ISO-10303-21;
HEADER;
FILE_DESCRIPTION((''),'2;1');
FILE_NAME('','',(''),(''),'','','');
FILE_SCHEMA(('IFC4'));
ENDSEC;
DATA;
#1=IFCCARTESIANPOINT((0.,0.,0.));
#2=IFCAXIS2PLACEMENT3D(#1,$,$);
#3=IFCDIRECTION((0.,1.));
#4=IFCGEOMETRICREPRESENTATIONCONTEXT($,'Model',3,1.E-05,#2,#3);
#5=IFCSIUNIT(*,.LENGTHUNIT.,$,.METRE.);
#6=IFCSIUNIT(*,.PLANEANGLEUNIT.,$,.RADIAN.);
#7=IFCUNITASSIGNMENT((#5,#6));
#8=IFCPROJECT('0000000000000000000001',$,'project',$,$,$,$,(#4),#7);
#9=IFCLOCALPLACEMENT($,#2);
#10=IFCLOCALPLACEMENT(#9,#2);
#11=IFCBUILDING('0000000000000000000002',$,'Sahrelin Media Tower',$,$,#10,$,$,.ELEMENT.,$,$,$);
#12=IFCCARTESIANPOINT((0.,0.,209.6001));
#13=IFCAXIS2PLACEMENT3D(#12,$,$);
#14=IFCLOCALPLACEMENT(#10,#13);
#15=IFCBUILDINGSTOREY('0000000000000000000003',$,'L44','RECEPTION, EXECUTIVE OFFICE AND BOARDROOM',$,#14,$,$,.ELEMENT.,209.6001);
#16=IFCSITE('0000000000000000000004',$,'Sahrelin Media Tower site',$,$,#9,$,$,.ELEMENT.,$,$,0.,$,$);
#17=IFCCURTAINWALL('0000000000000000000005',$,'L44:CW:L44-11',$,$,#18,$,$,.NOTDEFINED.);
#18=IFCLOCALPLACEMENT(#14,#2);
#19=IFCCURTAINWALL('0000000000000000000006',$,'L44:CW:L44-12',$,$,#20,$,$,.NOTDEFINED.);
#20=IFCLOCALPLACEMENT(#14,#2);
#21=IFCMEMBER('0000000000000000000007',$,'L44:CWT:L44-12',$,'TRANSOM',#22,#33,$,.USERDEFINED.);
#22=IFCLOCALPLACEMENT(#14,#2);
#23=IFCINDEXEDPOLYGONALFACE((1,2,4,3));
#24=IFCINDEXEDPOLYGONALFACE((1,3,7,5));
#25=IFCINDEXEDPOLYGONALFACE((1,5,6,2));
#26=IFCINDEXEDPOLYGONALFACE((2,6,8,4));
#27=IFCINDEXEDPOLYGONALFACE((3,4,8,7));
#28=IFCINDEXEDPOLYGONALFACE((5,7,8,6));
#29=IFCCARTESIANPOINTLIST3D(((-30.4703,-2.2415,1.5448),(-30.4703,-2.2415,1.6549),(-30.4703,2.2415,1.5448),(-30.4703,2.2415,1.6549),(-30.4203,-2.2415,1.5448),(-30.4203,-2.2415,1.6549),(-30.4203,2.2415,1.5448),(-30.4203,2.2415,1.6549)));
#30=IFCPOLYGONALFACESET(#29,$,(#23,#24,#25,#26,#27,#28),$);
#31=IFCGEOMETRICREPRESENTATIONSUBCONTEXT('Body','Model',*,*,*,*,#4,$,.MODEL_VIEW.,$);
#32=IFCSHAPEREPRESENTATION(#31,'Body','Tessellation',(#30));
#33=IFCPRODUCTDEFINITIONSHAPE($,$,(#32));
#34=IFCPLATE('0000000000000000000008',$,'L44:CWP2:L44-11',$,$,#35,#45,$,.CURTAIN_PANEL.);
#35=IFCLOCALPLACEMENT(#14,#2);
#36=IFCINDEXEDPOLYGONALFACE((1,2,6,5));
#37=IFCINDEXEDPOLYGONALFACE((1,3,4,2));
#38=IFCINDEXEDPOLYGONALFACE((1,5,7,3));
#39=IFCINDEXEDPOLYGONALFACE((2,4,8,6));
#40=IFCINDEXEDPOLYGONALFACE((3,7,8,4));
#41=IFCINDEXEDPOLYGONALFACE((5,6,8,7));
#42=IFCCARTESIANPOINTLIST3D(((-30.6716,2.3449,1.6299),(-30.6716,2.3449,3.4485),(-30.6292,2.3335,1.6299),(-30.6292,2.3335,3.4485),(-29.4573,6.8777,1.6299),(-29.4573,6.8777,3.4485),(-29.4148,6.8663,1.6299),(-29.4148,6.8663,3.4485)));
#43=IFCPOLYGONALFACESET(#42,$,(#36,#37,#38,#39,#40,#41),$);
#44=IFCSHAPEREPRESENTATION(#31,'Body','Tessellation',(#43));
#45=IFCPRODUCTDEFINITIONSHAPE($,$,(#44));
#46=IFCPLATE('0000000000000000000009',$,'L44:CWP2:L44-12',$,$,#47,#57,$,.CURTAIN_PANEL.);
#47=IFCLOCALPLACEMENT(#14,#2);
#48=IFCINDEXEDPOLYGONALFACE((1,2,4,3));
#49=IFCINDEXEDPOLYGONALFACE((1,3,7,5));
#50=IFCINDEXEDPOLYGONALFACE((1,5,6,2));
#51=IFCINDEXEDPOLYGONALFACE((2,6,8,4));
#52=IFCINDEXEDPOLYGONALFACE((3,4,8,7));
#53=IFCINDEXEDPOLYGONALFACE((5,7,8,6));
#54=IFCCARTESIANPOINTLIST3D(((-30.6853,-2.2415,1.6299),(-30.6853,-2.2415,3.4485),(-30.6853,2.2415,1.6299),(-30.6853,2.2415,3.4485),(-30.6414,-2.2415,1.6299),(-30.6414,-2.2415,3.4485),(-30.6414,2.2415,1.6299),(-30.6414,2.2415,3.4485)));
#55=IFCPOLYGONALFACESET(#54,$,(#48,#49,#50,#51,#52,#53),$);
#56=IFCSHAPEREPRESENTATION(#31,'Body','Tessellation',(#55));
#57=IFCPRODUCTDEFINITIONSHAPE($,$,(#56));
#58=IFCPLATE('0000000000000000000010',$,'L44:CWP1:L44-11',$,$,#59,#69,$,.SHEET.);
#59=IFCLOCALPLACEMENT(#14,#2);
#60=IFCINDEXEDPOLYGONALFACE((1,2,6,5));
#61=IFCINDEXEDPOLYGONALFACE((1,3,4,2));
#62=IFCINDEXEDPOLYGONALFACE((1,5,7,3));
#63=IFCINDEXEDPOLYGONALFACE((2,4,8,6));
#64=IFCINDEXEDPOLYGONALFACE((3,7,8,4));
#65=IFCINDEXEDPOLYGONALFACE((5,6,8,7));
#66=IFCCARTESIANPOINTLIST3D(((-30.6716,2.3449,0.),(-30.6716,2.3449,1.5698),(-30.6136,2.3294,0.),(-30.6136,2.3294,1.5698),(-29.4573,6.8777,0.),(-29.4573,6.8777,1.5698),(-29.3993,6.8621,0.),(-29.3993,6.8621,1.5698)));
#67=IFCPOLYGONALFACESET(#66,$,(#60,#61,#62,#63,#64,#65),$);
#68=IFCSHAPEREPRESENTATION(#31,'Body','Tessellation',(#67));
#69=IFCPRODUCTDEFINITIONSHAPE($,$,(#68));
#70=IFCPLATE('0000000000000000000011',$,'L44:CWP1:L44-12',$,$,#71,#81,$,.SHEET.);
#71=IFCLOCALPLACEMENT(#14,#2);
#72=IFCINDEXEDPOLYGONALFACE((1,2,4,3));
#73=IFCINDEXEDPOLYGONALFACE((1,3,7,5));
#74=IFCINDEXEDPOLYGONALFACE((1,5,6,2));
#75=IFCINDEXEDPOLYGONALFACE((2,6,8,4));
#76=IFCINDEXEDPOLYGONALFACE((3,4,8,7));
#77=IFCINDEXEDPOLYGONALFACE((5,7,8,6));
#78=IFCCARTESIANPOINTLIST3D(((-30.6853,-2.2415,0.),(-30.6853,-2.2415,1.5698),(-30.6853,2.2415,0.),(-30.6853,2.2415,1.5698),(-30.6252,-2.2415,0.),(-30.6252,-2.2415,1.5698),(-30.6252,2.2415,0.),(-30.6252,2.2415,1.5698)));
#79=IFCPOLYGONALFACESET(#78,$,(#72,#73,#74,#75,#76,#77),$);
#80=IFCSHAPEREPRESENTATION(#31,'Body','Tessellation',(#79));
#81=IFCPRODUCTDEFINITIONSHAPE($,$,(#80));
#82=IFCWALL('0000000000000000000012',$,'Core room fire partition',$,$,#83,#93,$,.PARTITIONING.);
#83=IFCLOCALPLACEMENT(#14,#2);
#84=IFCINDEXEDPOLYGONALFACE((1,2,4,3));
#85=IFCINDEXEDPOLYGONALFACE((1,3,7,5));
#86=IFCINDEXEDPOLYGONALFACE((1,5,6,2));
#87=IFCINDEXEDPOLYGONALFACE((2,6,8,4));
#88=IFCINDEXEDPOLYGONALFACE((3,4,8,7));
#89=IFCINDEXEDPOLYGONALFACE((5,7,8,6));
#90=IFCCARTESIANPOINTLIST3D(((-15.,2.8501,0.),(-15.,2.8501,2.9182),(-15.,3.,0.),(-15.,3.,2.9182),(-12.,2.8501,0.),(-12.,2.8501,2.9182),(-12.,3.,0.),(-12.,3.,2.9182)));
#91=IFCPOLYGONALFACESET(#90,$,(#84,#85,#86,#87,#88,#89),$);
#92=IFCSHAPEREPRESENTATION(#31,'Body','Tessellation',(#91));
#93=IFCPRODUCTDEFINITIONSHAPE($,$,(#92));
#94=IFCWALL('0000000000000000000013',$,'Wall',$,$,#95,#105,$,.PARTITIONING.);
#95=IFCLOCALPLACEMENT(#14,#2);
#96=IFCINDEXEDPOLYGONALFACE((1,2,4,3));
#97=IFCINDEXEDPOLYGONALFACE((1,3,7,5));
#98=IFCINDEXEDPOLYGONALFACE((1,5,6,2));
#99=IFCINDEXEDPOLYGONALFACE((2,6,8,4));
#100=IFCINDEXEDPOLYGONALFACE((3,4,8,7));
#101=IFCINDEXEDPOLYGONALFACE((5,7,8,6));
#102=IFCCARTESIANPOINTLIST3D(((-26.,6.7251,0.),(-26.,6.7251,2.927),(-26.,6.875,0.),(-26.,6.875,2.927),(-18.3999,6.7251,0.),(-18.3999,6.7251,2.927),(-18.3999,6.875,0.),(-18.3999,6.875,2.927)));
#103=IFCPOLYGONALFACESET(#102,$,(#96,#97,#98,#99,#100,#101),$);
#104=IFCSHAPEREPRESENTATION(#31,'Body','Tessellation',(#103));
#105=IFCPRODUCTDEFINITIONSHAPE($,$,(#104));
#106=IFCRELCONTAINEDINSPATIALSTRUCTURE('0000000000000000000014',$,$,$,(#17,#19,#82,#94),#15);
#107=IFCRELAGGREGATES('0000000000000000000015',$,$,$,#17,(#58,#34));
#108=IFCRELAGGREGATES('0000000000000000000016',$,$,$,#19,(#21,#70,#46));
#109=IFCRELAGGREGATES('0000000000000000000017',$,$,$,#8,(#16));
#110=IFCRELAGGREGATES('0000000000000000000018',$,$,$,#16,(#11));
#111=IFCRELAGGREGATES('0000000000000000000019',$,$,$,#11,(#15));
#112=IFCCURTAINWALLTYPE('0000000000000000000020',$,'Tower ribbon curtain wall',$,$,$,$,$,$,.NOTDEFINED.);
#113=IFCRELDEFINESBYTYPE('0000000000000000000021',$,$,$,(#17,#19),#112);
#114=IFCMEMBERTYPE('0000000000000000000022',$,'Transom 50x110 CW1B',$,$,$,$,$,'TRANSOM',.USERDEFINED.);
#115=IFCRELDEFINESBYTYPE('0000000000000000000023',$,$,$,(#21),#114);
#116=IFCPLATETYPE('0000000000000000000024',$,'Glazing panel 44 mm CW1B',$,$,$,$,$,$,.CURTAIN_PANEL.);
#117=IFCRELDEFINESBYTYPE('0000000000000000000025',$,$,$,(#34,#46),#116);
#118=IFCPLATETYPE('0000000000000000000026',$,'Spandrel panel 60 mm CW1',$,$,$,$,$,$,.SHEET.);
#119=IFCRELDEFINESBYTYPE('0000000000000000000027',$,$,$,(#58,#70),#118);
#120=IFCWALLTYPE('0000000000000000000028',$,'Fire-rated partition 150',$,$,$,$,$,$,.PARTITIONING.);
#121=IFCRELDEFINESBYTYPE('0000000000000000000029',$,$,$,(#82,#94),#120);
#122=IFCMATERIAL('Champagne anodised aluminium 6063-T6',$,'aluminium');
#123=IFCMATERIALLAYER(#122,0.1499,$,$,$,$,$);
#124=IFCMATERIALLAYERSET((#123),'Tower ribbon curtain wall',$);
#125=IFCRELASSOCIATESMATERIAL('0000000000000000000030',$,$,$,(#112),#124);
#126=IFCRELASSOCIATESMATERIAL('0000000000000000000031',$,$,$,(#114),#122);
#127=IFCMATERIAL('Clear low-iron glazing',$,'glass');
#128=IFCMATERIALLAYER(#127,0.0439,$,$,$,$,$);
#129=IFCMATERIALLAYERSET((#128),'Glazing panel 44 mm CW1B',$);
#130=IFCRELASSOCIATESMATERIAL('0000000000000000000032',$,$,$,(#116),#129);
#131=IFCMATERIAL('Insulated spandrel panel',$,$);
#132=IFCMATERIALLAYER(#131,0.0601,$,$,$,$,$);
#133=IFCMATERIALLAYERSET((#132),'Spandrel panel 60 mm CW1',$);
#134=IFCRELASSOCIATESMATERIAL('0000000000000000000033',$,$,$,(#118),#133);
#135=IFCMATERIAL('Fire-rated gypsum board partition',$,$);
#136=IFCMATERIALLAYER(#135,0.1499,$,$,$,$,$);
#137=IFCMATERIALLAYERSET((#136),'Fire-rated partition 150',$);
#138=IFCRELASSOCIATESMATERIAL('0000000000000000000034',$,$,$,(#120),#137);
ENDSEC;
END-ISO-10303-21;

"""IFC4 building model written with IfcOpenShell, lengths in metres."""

from ifc_helpers import new_model, si_unit, direction, frame, frame_2d, origin, origin_2d, place, context, subcontext, project, spatial, polyline, rectangle, outline, extrude, material, layer, layer_set, material_profile, profile_set, type_object, element, aggregate, save


model = new_model("IFC4")

# Units and contexts
model_context = context("Model", 3, precision=1e-05, world=origin(), true_north=direction((0.0, 1.0)))
body_context = subcontext(model_context, "Body", "Model", "MODEL_VIEW")
ifc_project = project(units=[si_unit("LENGTHUNIT", "METRE"), si_unit("PLANEANGLEUNIT", "RADIAN")], contexts=[model_context])

# Site, building, storey
site_placement = place(None, origin())
site = spatial("IfcSite", under=ifc_project, at=site_placement, Name="Sahrelin Media Tower site", CompositionType="ELEMENT", RefElevation=0.0)
building_placement = place(site_placement, origin())
building = spatial("IfcBuilding", under=site, at=building_placement, Name="Sahrelin Media Tower", CompositionType="ELEMENT")
storey_placement = place(building_placement, frame((0.0, 0.0, 209.6001)))
storey = spatial("IfcBuildingStorey", under=building, at=storey_placement, Name="L44", Description="RECEPTION, EXECUTIVE OFFICE AND BOARDROOM", CompositionType="ELEMENT", Elevation=209.6001)

# Curtain wall
ifc_material_1 = material(Name="Champagne anodised aluminium 6063-T6", Category="aluminium")
ifc_layer_1 = layer(ifc_material_1, 0.1499)
ifc_layer_set_1 = layer_set([ifc_layer_1], Name="Tower ribbon curtain wall")
curtain_wall_type = type_object("IfcCurtainWallType", Name="Tower ribbon curtain wall", PredefinedType="NOTDEFINED", material=ifc_layer_set_1)
curtain_wall_1_placement = place(storey_placement, frame((-30.0452, 4.6062, 0.0), z_axis=(0.0, 0.0, 1.0), x_axis=(1.0, 0.0, 0.0)))
curtain_wall_1 = element("IfcCurtainWall", 1, at=curtain_wall_1_placement, inside=storey, type_object=curtain_wall_type, Name="L44:CW:L44-11", PredefinedType="NOTDEFINED")

# Shared definitions
ifc_material_profile_1 = material_profile(ifc_material_1, rectangle(XDim=0.05, YDim=0.1101, at=origin_2d()), Name="Transom 50x110")
ifc_profile_set_1 = profile_set([ifc_material_profile_1], Name="Champagne anodised aluminium 6063-T6")
member_type_1 = type_object("IfcMemberType", Name="Transom 50x110 CW1B", ElementType="TRANSOM", PredefinedType="USERDEFINED", material=ifc_profile_set_1)

# Curtain wall, member
curtain_wall_2_placement = place(storey_placement, frame((-30.6653, 0.0, 0.0), z_axis=(0.0, 0.0, 1.0), x_axis=(1.0, 0.0, 0.0)))
curtain_wall_2 = element("IfcCurtainWall", 2, at=curtain_wall_2_placement, inside=storey, type_object=curtain_wall_type, Name="L44:CW:L44-12", PredefinedType="NOTDEFINED")
member_1_placement = place(storey_placement, frame((-30.4453, 2.2415, 1.5999), z_axis=(0.0, -1.0, 0.0), x_axis=(1.0, 0.0, 0.0)))
member_1 = element("IfcMember", 3, at=member_1_placement, type_object=member_type_1, Name="L44:CWT:L44-12", ObjectType="TRANSOM", PredefinedType="USERDEFINED", context=body_context, shape_type="SweptSolid", body=[
    extrude(rectangle(XDim=0.05, YDim=0.1101, at=origin_2d()), origin(), (0.0, 0.0, 1.0), 4.4829),
])

# Plates
ifc_material_2 = material(Name="Clear low-iron glazing", Category="glass")
ifc_layer_2 = layer(ifc_material_2, 0.0439)
ifc_layer_set_2 = layer_set([ifc_layer_2], Name="Glazing panel 44 mm CW1B")
plate_type_1 = type_object("IfcPlateType", Name="Glazing panel 44 mm CW1B", PredefinedType="CURTAIN_PANEL", material=ifc_layer_set_2)
plate_1_placement = place(storey_placement, frame((-29.4573, 6.8777, 1.6299), z_axis=(-0.965936, 0.258783, 0.0), x_axis=(-0.258783, -0.965936, 0.0)))
plate_1 = element("IfcPlate", 4, at=plate_1_placement, type_object=plate_type_1, Name="L44:CWP2:L44-11", PredefinedType="CURTAIN_PANEL", context=body_context, shape_type="SweptSolid", body=[
    extrude(outline(polyline([(0.0, 0.0), (4.6926, 0.0), (4.6926, 1.8186), (0.0, 1.8186), (0.0, 0.0)])), origin(), (0.0, 0.0, -1.0), 0.0439),
])
plate_2_placement = place(storey_placement, frame((-30.6853, 2.2415, 1.6299), z_axis=(-1.0, 0.0, 0.0), x_axis=(0.0, -1.0, 0.0)))
plate_2 = element("IfcPlate", 5, at=plate_2_placement, type_object=plate_type_1, Name="L44:CWP2:L44-12", PredefinedType="CURTAIN_PANEL", context=body_context, shape_type="SweptSolid", body=[
    extrude(outline(polyline([(0.0, 0.0), (4.4829, 0.0), (4.4829, 1.8186), (0.0, 1.8186), (0.0, 0.0)])), origin(), (0.0, 0.0, -1.0), 0.0439),
])
ifc_material_3 = material(Name="Insulated spandrel panel")
ifc_layer_3 = layer(ifc_material_3, 0.0601)
ifc_layer_set_3 = layer_set([ifc_layer_3], Name="Spandrel panel 60 mm CW1")
plate_type_2 = type_object("IfcPlateType", Name="Spandrel panel 60 mm CW1", PredefinedType="SHEET", material=ifc_layer_set_3)
plate_3_placement = place(storey_placement, frame((-29.4573, 6.8777, 0.0), z_axis=(-0.965936, 0.258783, 0.0), x_axis=(-0.258783, -0.965936, 0.0)))
plate_3 = element("IfcPlate", 6, at=plate_3_placement, type_object=plate_type_2, Name="L44:CWP1:L44-11", PredefinedType="SHEET", context=body_context, shape_type="SweptSolid", body=[
    extrude(outline(polyline([(0.0, 0.0), (4.6926, 0.0), (4.6926, 1.5698), (0.0, 1.5698), (0.0, 0.0)])), origin(), (0.0, 0.0, -1.0), 0.0601),
])
aggregate(curtain_wall_1, [plate_3, plate_1])
plate_4_placement = place(storey_placement, frame((-30.6853, 2.2415, 0.0), z_axis=(-1.0, 0.0, 0.0), x_axis=(0.0, -1.0, 0.0)))
plate_4 = element("IfcPlate", 7, at=plate_4_placement, type_object=plate_type_2, Name="L44:CWP1:L44-12", PredefinedType="SHEET", context=body_context, shape_type="SweptSolid", body=[
    extrude(outline(polyline([(0.0, 0.0), (4.4829, 0.0), (4.4829, 1.5698), (0.0, 1.5698), (0.0, 0.0)])), origin(), (0.0, 0.0, -1.0), 0.0601),
])
aggregate(curtain_wall_2, [member_1, plate_4, plate_2])

# Walls
ifc_material_4 = material(Name="Fire-rated gypsum board partition")
ifc_layer_4 = layer(ifc_material_4, 0.1499)
ifc_layer_set_4 = layer_set([ifc_layer_4], Name="Fire-rated partition 150")
wall_type_1 = type_object("IfcWallType", Name="Fire-rated partition 150", PredefinedType="PARTITIONING", material=ifc_layer_set_4)
wall_1_placement = place(storey_placement, frame((-15.0, 2.925, 0.0), z_axis=(0.0, 0.0, 1.0), x_axis=(1.0, 0.0, 0.0)))
element("IfcWall", 8, at=wall_1_placement, inside=storey, type_object=wall_type_1, Name="Core room fire partition", PredefinedType="PARTITIONING", context=body_context, shape_type="SweptSolid", body=[
    extrude(rectangle(XDim=3.0, YDim=0.1499, at=frame_2d((1.5, 0.0))), origin(), (0.0, 0.0, 1.0), 2.9182),
])
wall_2_placement = place(storey_placement, frame((-26.0, 6.8, 0.0), z_axis=(0.0, 0.0, 1.0), x_axis=(1.0, 0.0, 0.0)))
element("IfcWall", 9, at=wall_2_placement, inside=storey, type_object=wall_type_1, Name="Wall", PredefinedType="PARTITIONING", context=body_context, shape_type="SweptSolid", body=[
    extrude(rectangle(XDim=7.6001, YDim=0.1499, at=frame_2d((3.8, 0.0))), origin(), (0.0, 0.0, 1.0), 2.927),
])

save(model, "model.ifc")
